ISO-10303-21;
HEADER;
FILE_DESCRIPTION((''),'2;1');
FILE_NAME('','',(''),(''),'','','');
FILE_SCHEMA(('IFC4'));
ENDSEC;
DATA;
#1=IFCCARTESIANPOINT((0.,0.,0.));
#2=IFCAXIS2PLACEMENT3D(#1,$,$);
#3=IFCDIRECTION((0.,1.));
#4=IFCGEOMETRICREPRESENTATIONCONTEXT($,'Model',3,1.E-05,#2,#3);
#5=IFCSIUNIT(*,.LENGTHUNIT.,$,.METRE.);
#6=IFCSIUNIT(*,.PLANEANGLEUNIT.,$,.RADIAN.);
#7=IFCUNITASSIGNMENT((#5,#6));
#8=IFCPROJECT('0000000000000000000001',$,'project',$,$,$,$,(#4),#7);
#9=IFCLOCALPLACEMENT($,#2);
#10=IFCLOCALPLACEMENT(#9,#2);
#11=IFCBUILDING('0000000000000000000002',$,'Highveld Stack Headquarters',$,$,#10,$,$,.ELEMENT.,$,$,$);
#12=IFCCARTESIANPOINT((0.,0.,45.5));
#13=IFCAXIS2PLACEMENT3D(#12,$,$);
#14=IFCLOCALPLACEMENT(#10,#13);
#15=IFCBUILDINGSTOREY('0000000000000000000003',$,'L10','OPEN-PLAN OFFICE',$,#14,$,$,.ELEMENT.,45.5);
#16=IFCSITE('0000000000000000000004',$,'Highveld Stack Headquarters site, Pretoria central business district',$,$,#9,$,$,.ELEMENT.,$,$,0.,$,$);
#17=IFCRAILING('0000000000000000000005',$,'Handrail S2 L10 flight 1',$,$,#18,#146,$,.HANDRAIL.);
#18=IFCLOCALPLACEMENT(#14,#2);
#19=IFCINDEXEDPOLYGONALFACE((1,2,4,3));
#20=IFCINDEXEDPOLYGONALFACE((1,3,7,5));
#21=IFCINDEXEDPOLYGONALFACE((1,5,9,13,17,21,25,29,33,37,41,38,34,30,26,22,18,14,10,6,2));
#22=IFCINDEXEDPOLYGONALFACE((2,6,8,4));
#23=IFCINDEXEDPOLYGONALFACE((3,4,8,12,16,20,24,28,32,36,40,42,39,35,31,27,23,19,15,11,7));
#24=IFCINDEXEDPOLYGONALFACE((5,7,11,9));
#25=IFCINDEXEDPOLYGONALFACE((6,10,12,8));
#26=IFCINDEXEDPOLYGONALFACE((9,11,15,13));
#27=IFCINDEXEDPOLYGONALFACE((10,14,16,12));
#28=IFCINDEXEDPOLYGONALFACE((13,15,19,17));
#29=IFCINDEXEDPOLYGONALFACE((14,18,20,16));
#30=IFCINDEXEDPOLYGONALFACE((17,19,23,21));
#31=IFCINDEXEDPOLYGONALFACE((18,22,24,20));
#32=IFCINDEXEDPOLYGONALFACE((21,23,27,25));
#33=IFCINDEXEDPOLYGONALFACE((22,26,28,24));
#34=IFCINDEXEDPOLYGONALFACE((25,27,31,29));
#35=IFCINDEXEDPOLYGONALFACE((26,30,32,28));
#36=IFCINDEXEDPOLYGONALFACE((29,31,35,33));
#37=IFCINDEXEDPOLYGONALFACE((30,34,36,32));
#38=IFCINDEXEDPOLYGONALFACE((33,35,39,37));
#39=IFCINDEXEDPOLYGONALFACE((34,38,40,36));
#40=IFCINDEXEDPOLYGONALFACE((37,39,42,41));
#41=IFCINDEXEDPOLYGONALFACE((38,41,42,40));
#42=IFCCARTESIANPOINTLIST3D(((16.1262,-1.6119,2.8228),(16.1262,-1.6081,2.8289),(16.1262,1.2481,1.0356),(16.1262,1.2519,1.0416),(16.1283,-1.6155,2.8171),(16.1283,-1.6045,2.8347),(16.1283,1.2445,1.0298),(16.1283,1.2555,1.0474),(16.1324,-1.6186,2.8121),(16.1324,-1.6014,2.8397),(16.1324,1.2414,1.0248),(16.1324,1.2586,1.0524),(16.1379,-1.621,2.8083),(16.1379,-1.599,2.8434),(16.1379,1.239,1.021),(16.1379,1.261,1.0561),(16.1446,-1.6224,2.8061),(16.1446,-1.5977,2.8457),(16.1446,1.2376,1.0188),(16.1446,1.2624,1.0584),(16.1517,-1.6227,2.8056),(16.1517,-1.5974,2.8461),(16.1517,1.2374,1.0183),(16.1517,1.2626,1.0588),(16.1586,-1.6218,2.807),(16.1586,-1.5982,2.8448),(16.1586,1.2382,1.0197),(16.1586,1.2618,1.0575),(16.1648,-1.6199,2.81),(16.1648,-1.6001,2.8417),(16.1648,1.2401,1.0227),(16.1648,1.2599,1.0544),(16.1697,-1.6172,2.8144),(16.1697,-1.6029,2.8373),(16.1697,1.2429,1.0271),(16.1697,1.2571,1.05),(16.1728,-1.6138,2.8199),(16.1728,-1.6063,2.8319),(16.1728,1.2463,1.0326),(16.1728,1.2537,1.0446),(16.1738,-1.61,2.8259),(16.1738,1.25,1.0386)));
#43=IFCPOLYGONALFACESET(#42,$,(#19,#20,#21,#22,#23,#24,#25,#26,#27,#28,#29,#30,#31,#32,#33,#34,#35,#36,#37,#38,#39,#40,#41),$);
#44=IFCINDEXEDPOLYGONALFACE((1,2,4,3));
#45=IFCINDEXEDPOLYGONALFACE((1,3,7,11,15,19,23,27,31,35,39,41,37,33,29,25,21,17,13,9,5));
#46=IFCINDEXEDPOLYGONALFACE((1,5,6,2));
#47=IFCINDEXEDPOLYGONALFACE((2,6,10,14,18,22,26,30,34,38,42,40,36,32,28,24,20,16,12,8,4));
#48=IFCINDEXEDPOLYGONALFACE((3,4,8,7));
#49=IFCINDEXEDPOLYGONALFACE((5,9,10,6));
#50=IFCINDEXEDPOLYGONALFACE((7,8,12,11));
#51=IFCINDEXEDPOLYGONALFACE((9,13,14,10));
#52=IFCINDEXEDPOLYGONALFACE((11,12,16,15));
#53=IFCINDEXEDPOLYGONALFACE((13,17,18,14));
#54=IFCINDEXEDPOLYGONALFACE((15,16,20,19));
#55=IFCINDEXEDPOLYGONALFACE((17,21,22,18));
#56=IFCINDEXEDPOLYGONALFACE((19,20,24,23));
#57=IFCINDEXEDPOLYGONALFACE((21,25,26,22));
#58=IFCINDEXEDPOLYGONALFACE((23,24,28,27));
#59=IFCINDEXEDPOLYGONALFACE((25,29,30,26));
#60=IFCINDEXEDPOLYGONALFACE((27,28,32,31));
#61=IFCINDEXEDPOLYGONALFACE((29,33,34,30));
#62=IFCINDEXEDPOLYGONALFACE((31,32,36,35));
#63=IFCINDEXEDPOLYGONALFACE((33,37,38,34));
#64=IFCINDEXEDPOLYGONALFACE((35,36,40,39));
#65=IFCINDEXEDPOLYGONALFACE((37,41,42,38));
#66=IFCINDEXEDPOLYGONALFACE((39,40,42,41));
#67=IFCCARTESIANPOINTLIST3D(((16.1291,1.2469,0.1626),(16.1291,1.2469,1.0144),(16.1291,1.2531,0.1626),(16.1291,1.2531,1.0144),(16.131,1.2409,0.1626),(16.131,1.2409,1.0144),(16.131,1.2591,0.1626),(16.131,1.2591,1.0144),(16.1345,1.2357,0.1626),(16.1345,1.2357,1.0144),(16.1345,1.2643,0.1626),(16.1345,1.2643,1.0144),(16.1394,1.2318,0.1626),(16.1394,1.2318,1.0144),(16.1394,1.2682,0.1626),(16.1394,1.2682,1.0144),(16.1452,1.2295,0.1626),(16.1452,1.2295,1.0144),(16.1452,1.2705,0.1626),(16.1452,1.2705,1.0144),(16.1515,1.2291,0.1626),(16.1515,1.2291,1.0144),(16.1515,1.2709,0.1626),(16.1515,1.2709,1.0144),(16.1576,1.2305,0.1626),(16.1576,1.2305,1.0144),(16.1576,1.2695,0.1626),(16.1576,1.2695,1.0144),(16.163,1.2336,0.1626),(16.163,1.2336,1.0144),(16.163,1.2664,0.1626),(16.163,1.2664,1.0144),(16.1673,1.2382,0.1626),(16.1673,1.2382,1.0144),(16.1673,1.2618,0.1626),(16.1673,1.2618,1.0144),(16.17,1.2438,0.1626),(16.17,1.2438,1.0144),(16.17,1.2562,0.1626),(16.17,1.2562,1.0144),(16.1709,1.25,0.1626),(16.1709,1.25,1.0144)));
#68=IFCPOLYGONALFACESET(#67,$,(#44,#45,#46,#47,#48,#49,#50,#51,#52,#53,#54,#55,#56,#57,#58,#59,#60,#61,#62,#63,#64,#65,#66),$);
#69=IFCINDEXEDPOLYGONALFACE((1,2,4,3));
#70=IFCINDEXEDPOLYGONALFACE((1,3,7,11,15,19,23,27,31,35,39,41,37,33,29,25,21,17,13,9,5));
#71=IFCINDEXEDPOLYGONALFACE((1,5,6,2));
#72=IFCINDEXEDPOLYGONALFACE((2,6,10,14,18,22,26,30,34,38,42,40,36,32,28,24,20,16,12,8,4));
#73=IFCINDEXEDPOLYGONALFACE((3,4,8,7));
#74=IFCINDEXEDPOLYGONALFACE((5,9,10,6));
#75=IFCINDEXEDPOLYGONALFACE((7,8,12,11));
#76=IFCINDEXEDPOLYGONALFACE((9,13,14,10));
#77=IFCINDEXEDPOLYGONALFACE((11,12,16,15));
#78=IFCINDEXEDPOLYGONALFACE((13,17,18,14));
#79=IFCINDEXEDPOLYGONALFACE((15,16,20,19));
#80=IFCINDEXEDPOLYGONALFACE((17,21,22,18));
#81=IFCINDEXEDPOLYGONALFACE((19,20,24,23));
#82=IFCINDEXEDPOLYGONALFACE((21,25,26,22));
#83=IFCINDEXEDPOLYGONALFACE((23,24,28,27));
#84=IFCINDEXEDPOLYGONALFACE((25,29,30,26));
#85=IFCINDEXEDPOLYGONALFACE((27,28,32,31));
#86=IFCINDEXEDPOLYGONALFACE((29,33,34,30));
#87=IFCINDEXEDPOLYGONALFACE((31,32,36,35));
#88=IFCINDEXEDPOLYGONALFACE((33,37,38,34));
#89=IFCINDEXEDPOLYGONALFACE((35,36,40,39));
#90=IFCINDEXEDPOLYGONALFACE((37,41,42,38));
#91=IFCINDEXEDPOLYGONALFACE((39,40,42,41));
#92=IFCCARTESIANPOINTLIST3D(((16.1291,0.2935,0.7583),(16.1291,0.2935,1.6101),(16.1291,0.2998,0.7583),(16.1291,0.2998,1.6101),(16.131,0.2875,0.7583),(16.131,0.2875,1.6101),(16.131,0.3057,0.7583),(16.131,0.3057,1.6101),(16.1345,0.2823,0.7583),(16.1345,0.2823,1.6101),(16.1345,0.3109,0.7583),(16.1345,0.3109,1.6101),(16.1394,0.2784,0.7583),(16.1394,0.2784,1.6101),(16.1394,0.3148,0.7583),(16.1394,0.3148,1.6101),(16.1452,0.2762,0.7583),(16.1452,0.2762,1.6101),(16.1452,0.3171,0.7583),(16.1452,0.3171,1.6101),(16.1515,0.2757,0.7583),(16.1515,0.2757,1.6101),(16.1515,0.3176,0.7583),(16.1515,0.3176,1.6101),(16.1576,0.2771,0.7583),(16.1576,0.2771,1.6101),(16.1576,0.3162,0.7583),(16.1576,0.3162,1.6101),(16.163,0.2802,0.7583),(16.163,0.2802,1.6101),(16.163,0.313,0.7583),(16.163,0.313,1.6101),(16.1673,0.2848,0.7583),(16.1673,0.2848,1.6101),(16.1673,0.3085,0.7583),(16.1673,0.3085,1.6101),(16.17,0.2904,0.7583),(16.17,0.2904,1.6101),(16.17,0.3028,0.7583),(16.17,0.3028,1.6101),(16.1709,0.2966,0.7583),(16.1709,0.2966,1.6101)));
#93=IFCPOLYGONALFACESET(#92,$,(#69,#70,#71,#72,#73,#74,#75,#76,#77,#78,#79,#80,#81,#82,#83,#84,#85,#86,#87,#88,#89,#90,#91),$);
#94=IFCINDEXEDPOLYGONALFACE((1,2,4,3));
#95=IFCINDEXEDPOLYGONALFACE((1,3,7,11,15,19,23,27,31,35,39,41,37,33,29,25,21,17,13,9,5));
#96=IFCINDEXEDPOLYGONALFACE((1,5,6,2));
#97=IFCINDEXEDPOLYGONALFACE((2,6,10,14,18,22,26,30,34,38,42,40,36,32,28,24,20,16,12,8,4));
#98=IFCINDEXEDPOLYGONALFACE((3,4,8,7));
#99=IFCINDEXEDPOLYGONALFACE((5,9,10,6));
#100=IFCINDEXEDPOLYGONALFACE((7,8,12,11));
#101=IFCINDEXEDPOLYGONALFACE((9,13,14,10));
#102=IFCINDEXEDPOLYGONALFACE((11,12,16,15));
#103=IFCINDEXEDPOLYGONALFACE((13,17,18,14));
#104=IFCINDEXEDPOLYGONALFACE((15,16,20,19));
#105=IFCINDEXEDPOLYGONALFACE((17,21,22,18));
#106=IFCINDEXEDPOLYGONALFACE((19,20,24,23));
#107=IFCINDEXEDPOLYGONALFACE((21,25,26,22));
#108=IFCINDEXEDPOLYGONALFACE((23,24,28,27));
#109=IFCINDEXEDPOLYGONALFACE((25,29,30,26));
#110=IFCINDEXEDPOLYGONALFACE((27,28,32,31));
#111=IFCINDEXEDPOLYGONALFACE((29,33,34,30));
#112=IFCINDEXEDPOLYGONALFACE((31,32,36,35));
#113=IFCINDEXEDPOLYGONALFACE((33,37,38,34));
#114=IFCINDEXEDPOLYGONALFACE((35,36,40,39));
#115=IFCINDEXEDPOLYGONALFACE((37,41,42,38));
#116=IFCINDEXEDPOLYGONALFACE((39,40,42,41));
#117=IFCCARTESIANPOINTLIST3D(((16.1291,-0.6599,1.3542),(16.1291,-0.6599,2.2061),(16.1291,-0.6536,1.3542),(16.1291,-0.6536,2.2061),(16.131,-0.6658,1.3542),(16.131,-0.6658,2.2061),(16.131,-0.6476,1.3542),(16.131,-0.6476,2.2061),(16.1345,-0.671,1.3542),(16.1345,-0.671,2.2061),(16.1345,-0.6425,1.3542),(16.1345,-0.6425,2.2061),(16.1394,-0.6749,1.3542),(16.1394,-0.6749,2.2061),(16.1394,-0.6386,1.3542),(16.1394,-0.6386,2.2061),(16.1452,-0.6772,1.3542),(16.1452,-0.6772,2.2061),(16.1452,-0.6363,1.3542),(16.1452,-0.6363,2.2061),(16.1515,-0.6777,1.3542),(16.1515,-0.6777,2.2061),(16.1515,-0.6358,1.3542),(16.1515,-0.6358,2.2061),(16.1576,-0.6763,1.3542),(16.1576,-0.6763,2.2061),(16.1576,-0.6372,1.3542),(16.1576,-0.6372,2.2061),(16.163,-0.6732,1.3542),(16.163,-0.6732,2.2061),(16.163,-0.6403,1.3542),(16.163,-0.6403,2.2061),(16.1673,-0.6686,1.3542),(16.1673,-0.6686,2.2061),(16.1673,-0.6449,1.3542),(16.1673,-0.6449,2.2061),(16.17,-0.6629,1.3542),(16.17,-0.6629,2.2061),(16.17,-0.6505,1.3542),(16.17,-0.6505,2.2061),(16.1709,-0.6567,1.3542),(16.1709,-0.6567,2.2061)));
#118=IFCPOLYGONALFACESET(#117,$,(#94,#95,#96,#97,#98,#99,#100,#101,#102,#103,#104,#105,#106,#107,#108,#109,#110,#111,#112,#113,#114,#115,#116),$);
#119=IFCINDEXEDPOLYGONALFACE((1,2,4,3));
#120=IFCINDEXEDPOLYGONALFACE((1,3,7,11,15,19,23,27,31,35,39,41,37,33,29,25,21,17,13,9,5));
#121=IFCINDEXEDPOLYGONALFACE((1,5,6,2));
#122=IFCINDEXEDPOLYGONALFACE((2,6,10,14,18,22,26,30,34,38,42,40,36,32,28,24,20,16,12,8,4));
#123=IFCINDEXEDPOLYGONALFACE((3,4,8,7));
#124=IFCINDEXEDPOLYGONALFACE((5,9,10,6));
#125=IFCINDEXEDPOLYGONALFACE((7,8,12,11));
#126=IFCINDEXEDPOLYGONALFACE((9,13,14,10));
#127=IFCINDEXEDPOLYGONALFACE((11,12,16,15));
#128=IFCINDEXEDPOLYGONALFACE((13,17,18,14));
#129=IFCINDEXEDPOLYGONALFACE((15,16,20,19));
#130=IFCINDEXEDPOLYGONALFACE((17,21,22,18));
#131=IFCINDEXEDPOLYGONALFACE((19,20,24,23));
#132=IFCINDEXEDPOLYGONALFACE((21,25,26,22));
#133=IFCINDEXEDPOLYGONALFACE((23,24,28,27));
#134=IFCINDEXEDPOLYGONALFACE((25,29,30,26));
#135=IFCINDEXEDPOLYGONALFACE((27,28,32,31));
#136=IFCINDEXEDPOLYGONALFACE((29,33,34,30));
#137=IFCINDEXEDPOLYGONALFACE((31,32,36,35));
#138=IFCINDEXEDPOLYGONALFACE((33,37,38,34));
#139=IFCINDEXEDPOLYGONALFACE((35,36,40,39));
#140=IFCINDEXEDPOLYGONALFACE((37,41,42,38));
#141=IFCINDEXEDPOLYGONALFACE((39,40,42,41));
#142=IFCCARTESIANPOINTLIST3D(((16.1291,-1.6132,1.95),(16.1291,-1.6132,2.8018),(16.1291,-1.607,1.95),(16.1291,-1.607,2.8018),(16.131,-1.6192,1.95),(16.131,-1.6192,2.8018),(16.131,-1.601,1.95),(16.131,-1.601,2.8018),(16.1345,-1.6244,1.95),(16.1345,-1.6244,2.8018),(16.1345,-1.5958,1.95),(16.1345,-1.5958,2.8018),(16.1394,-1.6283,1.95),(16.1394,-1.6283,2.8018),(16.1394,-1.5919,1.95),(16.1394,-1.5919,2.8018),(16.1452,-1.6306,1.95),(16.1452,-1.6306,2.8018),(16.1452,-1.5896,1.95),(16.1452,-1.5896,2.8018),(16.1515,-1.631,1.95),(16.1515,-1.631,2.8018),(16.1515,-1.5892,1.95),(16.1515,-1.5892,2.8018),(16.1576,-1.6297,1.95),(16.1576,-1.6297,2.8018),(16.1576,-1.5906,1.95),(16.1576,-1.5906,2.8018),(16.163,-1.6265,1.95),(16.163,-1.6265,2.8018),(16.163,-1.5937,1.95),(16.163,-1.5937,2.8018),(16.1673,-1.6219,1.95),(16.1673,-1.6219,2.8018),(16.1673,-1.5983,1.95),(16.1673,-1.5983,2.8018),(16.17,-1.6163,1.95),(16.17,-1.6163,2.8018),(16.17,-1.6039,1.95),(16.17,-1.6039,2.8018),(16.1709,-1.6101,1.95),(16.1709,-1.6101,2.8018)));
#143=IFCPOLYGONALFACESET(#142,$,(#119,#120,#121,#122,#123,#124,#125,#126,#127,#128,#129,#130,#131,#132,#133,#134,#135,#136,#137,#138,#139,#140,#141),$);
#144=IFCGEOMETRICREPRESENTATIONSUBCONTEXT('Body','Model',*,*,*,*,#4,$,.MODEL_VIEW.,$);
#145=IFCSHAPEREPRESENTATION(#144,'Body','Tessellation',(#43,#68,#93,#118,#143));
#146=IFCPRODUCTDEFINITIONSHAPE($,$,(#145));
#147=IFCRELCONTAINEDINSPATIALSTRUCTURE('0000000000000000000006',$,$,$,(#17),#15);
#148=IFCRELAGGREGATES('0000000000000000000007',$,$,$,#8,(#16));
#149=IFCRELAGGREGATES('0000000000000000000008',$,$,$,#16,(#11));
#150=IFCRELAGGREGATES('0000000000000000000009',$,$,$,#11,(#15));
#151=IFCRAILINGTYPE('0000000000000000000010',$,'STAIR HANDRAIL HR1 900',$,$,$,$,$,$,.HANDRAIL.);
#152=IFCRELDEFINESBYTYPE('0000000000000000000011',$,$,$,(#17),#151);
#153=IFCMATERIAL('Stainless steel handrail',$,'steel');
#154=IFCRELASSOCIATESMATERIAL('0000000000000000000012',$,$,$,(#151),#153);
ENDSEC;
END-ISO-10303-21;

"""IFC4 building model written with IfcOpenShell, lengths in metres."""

from ifc_helpers import new_model, si_unit, direction, frame, origin, origin_2d, place, context, subcontext, project, spatial, circle, extrude, material, type_object, element, save


model = new_model("IFC4")

# Units and contexts
model_context = context("Model", 3, precision=1e-05, world=origin(), true_north=direction((0.0, 1.0)))
body_context = subcontext(model_context, "Body", "Model", "MODEL_VIEW")
ifc_project = project(units=[si_unit("LENGTHUNIT", "METRE"), si_unit("PLANEANGLEUNIT", "RADIAN")], contexts=[model_context])

# Site, building, storey
site_placement = place(None, origin())
site = spatial("IfcSite", under=ifc_project, at=site_placement, Name="Highveld Stack Headquarters site, Pretoria central business district", CompositionType="ELEMENT", RefElevation=0.0)
building_placement = place(site_placement, origin())
building = spatial("IfcBuilding", under=site, at=building_placement, Name="Highveld Stack Headquarters", CompositionType="ELEMENT")
storey_placement = place(building_placement, frame((0.0, 0.0, 45.5)))
storey = spatial("IfcBuildingStorey", under=building, at=storey_placement, Name="L10", Description="OPEN-PLAN OFFICE", CompositionType="ELEMENT", Elevation=45.5)

# Railing
ifc_material_1 = material(Name="Stainless steel handrail", Category="steel")
railing_type = type_object("IfcRailingType", Name="STAIR HANDRAIL HR1 900", PredefinedType="HANDRAIL", material=ifc_material_1)
for number, where, name in (
    (1, (16.1499, 1.25, 0.1626), "Handrail S2 L10 flight 1"),
):
    element("IfcRailing", number, at=place(storey_placement, frame(where)), inside=storey, type_object=railing_type, Name=name, PredefinedType="HANDRAIL", context=body_context, shape_type="SweptSolid", body=[
        extrude(circle(Radius=0.0239, at=origin_2d()), frame((0.0, 0.0, 0.876), z_axis=(0.0, -0.848027, 0.529953), x_axis=(1.0, 0.0, 0.0)), (0.0, 0.0, 1.0), 3.3726),
        extrude(circle(Radius=0.021, at=origin_2d()), origin(), (0.0, 0.0, 1.0), 0.8518),
        extrude(circle(Radius=0.021, at=origin_2d()), frame((0.0, -0.9534, 0.5957)), (0.0, 0.0, 1.0), 0.8518),
        extrude(circle(Radius=0.021, at=origin_2d()), frame((0.0, -1.9067, 1.1917)), (0.0, 0.0, 1.0), 0.8518),
        extrude(circle(Radius=0.021, at=origin_2d()), frame((0.0, -2.8601, 1.7874)), (0.0, 0.0, 1.0), 0.8518),
    ])

save(model, "model.ifc")
